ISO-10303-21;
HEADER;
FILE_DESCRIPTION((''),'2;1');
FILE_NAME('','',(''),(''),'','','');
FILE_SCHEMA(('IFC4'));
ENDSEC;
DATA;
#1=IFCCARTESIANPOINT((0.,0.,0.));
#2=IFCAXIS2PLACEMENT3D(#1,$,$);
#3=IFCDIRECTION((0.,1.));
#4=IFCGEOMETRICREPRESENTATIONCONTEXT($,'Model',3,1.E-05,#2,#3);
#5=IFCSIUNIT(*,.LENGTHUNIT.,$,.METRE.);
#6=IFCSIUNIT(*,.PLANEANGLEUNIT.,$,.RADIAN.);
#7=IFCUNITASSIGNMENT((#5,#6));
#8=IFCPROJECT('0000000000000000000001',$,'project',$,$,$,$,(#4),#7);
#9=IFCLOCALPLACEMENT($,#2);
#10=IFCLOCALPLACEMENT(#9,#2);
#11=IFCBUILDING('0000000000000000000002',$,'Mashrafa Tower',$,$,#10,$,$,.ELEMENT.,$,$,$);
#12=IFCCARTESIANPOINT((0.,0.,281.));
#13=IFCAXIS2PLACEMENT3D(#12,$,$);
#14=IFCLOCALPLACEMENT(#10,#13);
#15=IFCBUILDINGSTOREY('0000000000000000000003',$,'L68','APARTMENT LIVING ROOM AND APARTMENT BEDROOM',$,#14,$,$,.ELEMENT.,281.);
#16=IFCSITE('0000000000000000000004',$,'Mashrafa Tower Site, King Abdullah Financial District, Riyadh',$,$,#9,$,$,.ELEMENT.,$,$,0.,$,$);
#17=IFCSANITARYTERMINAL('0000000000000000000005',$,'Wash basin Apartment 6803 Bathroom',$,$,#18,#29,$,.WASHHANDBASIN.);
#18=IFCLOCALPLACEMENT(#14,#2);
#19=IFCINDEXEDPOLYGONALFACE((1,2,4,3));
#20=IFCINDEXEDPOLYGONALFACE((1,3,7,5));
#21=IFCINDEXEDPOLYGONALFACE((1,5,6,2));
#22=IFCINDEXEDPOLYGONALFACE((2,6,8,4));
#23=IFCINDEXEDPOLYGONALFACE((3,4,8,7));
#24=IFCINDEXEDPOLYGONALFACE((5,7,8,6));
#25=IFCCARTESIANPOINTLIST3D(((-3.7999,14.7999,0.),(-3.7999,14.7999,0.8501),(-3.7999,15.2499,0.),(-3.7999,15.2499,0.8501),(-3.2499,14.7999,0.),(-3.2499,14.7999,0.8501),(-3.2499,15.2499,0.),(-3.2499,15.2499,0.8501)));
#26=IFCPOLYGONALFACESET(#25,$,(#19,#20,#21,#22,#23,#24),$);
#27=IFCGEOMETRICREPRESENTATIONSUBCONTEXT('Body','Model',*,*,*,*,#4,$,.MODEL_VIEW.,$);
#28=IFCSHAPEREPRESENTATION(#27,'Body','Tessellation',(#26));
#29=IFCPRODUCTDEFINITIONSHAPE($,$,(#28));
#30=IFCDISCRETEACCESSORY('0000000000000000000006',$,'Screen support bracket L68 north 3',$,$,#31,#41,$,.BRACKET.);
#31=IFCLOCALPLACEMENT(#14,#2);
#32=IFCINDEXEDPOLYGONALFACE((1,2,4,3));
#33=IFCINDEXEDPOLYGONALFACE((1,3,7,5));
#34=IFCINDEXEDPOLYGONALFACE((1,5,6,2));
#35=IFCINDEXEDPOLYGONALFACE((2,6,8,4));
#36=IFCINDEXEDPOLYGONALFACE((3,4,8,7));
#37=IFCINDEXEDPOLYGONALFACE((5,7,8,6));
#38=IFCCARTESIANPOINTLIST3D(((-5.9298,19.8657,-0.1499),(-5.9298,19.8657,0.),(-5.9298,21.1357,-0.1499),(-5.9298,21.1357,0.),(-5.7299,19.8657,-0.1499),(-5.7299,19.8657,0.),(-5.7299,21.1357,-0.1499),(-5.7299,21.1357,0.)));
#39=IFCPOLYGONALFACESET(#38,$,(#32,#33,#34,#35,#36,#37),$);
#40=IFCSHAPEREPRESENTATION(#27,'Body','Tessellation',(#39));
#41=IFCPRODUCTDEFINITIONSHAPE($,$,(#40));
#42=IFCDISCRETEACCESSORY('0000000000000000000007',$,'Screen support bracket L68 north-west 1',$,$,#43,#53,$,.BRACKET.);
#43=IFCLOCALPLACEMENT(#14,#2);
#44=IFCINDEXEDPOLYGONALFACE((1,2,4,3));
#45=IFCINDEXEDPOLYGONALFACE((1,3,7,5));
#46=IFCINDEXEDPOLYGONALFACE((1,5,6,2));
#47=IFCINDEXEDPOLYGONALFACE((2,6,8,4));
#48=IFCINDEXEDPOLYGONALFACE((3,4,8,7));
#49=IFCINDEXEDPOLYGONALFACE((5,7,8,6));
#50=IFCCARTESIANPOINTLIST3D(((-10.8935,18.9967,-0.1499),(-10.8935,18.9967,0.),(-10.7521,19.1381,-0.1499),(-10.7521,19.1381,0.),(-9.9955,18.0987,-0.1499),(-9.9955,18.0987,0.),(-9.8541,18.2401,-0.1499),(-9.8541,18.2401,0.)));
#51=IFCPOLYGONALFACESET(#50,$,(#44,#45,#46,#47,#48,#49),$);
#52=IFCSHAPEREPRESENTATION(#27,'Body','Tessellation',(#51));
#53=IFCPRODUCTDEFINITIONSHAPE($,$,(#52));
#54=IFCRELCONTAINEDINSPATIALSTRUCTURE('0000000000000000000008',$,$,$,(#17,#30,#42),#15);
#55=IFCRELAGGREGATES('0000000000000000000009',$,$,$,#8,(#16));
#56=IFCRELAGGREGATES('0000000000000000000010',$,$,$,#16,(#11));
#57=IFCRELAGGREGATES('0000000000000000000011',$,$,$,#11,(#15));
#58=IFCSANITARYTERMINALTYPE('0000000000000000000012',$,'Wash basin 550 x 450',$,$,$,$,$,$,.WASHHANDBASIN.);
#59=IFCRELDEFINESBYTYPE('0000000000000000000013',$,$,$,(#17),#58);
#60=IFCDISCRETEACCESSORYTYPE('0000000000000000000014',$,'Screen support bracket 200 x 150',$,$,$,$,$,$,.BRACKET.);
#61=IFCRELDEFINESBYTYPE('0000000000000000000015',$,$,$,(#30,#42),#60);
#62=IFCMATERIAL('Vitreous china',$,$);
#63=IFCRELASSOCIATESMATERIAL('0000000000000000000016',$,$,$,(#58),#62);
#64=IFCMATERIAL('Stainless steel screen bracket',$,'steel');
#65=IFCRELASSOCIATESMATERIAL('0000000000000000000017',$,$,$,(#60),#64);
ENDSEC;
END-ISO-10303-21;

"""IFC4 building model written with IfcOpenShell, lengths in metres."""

from ifc_helpers import new_model, si_unit, direction, frame, origin, origin_2d, place, context, subcontext, project, spatial, rectangle, extrude, source, transform, mapped, material, type_object, type_shapes, element, save


model = new_model("IFC4")

# Units and contexts
model_context = context("Model", 3, precision=1e-05, world=origin(), true_north=direction((0.0, 1.0)))
body_context = subcontext(model_context, "Body", "Model", "MODEL_VIEW")
ifc_project = project(units=[si_unit("LENGTHUNIT", "METRE"), si_unit("PLANEANGLEUNIT", "RADIAN")], contexts=[model_context])

# Site, building, storey
site_placement = place(None, origin())
site = spatial("IfcSite", under=ifc_project, at=site_placement, Name="Mashrafa Tower Site, King Abdullah Financial District, Riyadh", CompositionType="ELEMENT", RefElevation=0.0)
building_placement = place(site_placement, origin())
building = spatial("IfcBuilding", under=site, at=building_placement, Name="Mashrafa Tower", CompositionType="ELEMENT")
storey_placement = place(building_placement, frame((0.0, 0.0, 281.0)))
storey = spatial("IfcBuildingStorey", under=building, at=storey_placement, Name="L68", Description="APARTMENT LIVING ROOM AND APARTMENT BEDROOM", CompositionType="ELEMENT", Elevation=281.0)

# Sanitary terminal
ifc_material_1 = material(Name="Vitreous china")
sanitary_terminal_type_1 = type_object("IfcSanitaryTerminalType", Name="Wash basin 550 x 450", PredefinedType="WASHHANDBASIN", material=ifc_material_1)
sanitary_terminal_1_placement = place(storey_placement, frame((-3.5249, 15.0249, 0.0), z_axis=(0.0, 0.0, 1.0), x_axis=(-1.0, 0.0, 0.0)))
element("IfcSanitaryTerminal", 1, at=sanitary_terminal_1_placement, inside=storey, type_object=sanitary_terminal_type_1, Name="Wash basin Apartment 6803 Bathroom", PredefinedType="WASHHANDBASIN", context=body_context, shape_type="SweptSolid", body=[
    extrude(rectangle(XDim=0.55, YDim=0.45, at=origin_2d()), origin(), (0.0, 0.0, 1.0), 0.8501),
])

# Discrete accessories
ifc_material_2 = material(Name="Stainless steel screen bracket", Category="steel")
discrete_accessory_type = type_object("IfcDiscreteAccessoryType", Name="Screen support bracket 200 x 150", PredefinedType="BRACKET", material=ifc_material_2)
shared_shape_1 = source(origin(), body_context, "Body", "SweptSolid", [
    extrude(rectangle(XDim=0.2, YDim=1.27, at=origin_2d()), origin(), (0.0, 0.0, 1.0), 0.1499),
])
type_shapes(discrete_accessory_type, [shared_shape_1])
for number, where, z_axis, x_axis, name in (
    (2, (-5.8298, 20.5007, -0.1499), (0.0, 0.0, 1.0), (-1.0, 0.0, 0.0), "Screen support bracket L68 north 3"),
    (3, (-10.3738, 18.6184, -0.1499), (0.0, 0.0, 1.0), (-0.707107, -0.707107, 0.0), "Screen support bracket L68 north-west 1"),
):
    element("IfcDiscreteAccessory", number, at=place(storey_placement, frame(where, z_axis=z_axis, x_axis=x_axis)), inside=storey, type_object=discrete_accessory_type, Name=name, PredefinedType="BRACKET", context=body_context, shape_type="MappedRepresentation", body=[
        mapped(shared_shape_1, transform((0.0, 0.0, 0.0))),
    ])

save(model, "model.ifc")
